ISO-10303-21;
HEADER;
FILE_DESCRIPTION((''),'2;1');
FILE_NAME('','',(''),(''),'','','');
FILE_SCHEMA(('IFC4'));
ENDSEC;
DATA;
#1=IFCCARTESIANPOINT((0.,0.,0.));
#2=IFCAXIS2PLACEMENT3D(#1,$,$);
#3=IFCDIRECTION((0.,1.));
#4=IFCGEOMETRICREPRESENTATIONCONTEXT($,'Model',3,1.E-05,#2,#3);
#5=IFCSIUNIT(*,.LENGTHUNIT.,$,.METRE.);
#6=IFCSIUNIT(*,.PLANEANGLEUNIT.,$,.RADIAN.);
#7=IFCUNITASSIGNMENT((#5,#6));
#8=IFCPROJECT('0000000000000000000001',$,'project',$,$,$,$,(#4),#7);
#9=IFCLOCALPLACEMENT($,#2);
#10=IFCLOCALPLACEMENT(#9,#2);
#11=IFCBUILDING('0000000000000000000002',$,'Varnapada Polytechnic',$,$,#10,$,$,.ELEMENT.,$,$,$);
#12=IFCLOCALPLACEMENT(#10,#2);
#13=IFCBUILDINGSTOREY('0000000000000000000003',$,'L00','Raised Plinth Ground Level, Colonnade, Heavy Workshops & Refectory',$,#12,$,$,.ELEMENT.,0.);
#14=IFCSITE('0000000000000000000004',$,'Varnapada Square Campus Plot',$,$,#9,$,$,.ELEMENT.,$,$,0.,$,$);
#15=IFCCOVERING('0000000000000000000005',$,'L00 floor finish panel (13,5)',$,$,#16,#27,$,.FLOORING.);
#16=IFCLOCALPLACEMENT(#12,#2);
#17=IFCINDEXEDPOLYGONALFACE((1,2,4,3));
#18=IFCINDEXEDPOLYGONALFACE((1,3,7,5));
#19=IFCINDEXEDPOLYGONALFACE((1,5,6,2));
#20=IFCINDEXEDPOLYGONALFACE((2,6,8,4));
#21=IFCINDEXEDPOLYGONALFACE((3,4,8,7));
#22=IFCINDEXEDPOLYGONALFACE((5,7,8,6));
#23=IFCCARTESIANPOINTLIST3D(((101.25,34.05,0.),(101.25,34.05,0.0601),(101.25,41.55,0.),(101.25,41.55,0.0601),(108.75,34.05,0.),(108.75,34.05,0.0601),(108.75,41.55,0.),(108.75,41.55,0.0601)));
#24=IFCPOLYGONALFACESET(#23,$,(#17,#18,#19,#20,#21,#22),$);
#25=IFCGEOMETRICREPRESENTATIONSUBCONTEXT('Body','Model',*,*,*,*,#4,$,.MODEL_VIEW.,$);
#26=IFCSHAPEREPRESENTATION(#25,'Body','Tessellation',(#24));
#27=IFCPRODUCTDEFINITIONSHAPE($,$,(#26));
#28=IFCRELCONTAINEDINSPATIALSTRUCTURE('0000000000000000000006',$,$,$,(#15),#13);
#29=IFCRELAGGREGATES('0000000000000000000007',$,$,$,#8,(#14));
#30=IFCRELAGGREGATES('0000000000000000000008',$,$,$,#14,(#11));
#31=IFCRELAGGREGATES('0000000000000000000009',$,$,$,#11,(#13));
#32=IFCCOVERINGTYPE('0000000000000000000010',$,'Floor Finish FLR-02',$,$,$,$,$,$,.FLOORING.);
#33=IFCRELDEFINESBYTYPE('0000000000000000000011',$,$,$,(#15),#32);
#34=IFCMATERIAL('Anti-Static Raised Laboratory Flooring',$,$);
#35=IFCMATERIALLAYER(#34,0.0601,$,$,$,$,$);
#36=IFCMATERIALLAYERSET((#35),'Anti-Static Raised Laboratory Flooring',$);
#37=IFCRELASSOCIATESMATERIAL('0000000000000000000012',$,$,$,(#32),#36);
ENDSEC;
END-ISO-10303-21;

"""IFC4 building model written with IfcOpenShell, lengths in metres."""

from ifc_helpers import new_model, si_unit, direction, frame, origin, origin_2d, place, context, subcontext, project, spatial, rectangle, extrude, material, layer, layer_set, type_object, element, save


model = new_model("IFC4")

# Units and contexts
model_context = context("Model", 3, precision=1e-05, world=origin(), true_north=direction((0.0, 1.0)))
body_context = subcontext(model_context, "Body", "Model", "MODEL_VIEW")
ifc_project = project(units=[si_unit("LENGTHUNIT", "METRE"), si_unit("PLANEANGLEUNIT", "RADIAN")], contexts=[model_context])

# Site, building, storey
site_placement = place(None, origin())
site = spatial("IfcSite", under=ifc_project, at=site_placement, Name="Varnapada Square Campus Plot", CompositionType="ELEMENT", RefElevation=0.0)
building_placement = place(site_placement, origin())
building = spatial("IfcBuilding", under=site, at=building_placement, Name="Varnapada Polytechnic", CompositionType="ELEMENT")
storey_placement = place(building_placement, origin())
storey = spatial("IfcBuildingStorey", under=building, at=storey_placement, Name="L00", Description="Raised Plinth Ground Level, Colonnade, Heavy Workshops & Refectory", CompositionType="ELEMENT", Elevation=0.0)

# Covering
ifc_material_1 = material(Name="Anti-Static Raised Laboratory Flooring")
ifc_layer_1 = layer(ifc_material_1, 0.0601)
ifc_layer_set_1 = layer_set([ifc_layer_1], Name="Anti-Static Raised Laboratory Flooring")
covering_type = type_object("IfcCoveringType", Name="Floor Finish FLR-02", PredefinedType="FLOORING", material=ifc_layer_set_1)
covering_placement = place(storey_placement, frame((105.0, 37.8, 0.0), z_axis=(0.0, 0.0, 1.0), x_axis=(1.0, 0.0, 0.0)))
element("IfcCovering", 1, at=covering_placement, inside=storey, type_object=covering_type, Name="L00 floor finish panel (13,5)", PredefinedType="FLOORING", context=body_context, shape_type="SweptSolid", body=[
    extrude(rectangle(XDim=7.5, YDim=7.5, at=origin_2d()), origin(), (0.0, 0.0, 1.0), 0.0601),
])

save(model, "model.ifc")
